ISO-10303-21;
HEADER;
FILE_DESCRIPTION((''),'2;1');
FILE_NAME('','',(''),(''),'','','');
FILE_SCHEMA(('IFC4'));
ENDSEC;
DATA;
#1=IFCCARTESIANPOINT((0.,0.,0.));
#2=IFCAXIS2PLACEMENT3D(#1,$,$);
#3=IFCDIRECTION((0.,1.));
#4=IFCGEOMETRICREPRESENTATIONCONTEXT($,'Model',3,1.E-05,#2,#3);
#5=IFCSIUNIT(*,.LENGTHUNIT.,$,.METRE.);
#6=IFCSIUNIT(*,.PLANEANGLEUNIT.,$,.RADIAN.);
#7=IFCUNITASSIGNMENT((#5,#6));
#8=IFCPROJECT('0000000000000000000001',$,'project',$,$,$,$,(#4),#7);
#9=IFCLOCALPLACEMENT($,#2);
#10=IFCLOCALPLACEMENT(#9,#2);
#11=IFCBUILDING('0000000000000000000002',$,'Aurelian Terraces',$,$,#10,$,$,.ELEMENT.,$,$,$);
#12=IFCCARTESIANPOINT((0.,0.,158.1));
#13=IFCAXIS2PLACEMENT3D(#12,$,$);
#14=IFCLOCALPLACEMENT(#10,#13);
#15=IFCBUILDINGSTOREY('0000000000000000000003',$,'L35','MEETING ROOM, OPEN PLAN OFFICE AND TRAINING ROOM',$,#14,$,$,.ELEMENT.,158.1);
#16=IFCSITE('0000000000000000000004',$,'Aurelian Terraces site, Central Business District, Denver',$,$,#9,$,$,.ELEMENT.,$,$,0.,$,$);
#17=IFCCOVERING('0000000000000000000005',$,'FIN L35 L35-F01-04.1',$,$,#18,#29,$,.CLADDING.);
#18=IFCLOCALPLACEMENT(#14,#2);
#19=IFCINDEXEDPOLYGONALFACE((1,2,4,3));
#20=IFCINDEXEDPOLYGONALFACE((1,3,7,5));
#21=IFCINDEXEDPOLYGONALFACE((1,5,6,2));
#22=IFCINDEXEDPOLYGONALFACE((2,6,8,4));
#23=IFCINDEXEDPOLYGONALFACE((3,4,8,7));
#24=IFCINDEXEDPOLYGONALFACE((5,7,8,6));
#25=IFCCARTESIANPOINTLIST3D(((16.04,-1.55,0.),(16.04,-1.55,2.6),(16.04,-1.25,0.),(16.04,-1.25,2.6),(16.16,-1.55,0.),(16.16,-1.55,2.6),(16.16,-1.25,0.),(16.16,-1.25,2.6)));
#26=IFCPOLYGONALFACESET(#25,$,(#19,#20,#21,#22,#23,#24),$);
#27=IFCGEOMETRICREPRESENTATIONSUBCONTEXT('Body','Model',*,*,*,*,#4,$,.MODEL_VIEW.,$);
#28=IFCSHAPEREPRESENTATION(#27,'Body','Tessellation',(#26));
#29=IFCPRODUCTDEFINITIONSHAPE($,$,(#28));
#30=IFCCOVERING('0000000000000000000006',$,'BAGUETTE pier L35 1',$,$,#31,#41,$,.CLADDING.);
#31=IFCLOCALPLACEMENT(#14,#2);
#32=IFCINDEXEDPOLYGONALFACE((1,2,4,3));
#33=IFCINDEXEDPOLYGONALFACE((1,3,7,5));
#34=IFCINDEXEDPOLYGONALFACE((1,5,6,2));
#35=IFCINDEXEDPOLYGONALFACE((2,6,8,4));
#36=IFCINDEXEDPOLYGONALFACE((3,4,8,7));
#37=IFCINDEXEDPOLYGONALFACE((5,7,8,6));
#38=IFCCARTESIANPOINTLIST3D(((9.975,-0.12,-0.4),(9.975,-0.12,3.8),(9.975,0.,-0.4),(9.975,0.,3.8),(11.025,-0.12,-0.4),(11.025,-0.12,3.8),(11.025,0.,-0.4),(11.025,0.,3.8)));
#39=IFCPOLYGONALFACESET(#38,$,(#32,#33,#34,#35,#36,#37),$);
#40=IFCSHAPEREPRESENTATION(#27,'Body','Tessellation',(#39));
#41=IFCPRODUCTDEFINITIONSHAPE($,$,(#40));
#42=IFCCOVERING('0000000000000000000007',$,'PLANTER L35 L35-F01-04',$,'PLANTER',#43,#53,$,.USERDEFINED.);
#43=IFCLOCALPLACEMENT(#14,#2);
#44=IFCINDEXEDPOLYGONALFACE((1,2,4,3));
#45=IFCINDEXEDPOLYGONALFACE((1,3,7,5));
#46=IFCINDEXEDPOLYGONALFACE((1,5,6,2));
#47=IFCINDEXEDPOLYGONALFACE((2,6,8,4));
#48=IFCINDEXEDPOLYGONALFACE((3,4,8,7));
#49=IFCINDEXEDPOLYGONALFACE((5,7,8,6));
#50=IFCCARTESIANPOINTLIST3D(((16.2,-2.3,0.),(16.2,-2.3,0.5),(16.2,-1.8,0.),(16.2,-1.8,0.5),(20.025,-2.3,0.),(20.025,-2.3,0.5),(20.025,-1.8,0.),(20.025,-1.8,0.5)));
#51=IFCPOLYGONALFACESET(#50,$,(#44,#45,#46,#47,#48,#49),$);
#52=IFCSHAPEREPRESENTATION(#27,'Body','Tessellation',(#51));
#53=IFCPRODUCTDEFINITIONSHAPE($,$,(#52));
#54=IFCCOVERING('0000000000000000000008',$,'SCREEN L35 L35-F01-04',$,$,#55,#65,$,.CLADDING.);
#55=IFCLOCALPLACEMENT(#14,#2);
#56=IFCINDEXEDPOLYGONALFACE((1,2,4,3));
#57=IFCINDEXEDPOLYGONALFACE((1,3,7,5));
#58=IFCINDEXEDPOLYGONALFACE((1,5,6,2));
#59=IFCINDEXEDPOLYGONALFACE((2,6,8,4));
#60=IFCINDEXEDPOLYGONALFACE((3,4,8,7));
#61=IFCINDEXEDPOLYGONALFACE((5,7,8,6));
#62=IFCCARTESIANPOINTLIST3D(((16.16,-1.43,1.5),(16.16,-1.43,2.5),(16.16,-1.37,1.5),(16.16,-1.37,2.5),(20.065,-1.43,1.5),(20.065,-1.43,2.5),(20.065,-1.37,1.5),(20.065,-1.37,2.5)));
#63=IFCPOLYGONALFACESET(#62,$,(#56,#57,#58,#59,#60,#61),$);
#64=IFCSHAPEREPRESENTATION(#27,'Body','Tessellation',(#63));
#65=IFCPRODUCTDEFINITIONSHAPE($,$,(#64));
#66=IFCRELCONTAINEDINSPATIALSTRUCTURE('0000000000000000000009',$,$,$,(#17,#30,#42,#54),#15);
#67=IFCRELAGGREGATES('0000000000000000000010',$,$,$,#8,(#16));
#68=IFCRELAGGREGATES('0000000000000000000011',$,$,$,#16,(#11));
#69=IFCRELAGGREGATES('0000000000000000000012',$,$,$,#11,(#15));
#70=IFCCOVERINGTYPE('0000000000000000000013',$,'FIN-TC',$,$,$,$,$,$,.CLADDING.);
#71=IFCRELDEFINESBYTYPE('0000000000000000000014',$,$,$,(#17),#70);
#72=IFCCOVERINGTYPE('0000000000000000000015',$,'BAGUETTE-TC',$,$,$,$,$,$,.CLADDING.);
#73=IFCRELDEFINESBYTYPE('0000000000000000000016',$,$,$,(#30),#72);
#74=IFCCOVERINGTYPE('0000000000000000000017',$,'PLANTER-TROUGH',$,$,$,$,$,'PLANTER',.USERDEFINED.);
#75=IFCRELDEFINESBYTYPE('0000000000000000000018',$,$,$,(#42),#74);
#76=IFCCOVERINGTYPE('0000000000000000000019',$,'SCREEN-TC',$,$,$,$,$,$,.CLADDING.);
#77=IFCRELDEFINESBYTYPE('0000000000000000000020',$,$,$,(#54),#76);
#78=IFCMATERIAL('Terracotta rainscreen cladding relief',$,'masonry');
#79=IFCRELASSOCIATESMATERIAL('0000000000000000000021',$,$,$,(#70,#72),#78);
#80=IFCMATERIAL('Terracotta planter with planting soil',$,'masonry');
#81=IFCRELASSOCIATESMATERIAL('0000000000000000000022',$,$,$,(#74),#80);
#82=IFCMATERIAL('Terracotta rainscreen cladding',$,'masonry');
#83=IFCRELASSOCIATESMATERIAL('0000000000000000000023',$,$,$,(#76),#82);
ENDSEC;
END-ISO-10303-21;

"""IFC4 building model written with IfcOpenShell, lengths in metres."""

from ifc_helpers import new_model, si_unit, direction, frame, origin, origin_2d, place, context, subcontext, project, spatial, rectangle, extrude, source, transform, mapped, material, type_object, element, save


model = new_model("IFC4")

# Units and contexts
model_context = context("Model", 3, precision=1e-05, world=origin(), true_north=direction((0.0, 1.0)))
body_context = subcontext(model_context, "Body", "Model", "MODEL_VIEW")
ifc_project = project(units=[si_unit("LENGTHUNIT", "METRE"), si_unit("PLANEANGLEUNIT", "RADIAN")], contexts=[model_context])

# Site, building, storey
site_placement = place(None, origin())
site = spatial("IfcSite", under=ifc_project, at=site_placement, Name="Aurelian Terraces site, Central Business District, Denver", CompositionType="ELEMENT", RefElevation=0.0)
building_placement = place(site_placement, origin())
building = spatial("IfcBuilding", under=site, at=building_placement, Name="Aurelian Terraces", CompositionType="ELEMENT")
storey_placement = place(building_placement, frame((0.0, 0.0, 158.1)))
storey = spatial("IfcBuildingStorey", under=building, at=storey_placement, Name="L35", Description="MEETING ROOM, OPEN PLAN OFFICE AND TRAINING ROOM", CompositionType="ELEMENT", Elevation=158.1)

# Shared definitions
ifc_material_1 = material(Name="Terracotta rainscreen cladding", Category="masonry")

# Coverings
ifc_material_2 = material(Name="Terracotta rainscreen cladding relief", Category="masonry")
covering_type_1 = type_object("IfcCoveringType", Name="FIN-TC", PredefinedType="CLADDING", material=ifc_material_2)
shared_shape_1 = source(origin(), body_context, "Body", "SweptSolid", [
    extrude(rectangle(XDim=0.12, YDim=0.3, at=origin_2d()), origin(), (0.0, 0.0, 1.0), 2.6),
])
covering_1_placement = place(storey_placement, frame((16.1, -1.4, 0.0), z_axis=(0.0, 0.0, 1.0), x_axis=(1.0, 0.0, 0.0)))
element("IfcCovering", 1, at=covering_1_placement, inside=storey, type_object=covering_type_1, Name="FIN L35 L35-F01-04.1", PredefinedType="CLADDING", context=body_context, shape_type="MappedRepresentation", body=[
    mapped(shared_shape_1, transform((0.0, 0.0, 0.0), scale=1.0)),
])
covering_type_2 = type_object("IfcCoveringType", Name="BAGUETTE-TC", PredefinedType="CLADDING", material=ifc_material_2)
shared_shape_2 = source(origin(), body_context, "Body", "SweptSolid", [
    extrude(rectangle(XDim=1.05, YDim=0.12, at=origin_2d()), origin(), (0.0, 0.0, 1.0), 4.2),
])
covering_2_placement = place(storey_placement, frame((10.5, -0.06, -0.4), z_axis=(0.0, 0.0, 1.0), x_axis=(1.0, 0.0, 0.0)))
element("IfcCovering", 2, at=covering_2_placement, inside=storey, type_object=covering_type_2, Name="BAGUETTE pier L35 1", PredefinedType="CLADDING", context=body_context, shape_type="MappedRepresentation", body=[
    mapped(shared_shape_2, transform((0.0, 0.0, 0.0), scale=1.0)),
])

# Coverings
ifc_material_3 = material(Name="Terracotta planter with planting soil", Category="masonry")
covering_type_3 = type_object("IfcCoveringType", Name="PLANTER-TROUGH", ElementType="PLANTER", PredefinedType="USERDEFINED", material=ifc_material_3)
shared_shape_3 = source(origin(), body_context, "Body", "SweptSolid", [
    extrude(rectangle(XDim=3.825, YDim=0.5, at=origin_2d()), origin(), (0.0, 0.0, 1.0), 0.5),
])
covering_3_placement = place(storey_placement, frame((18.1125, -2.05, 0.0), z_axis=(0.0, 0.0, 1.0), x_axis=(1.0, 0.0, 0.0)))
element("IfcCovering", 3, at=covering_3_placement, inside=storey, type_object=covering_type_3, Name="PLANTER L35 L35-F01-04", ObjectType="PLANTER", PredefinedType="USERDEFINED", context=body_context, shape_type="MappedRepresentation", body=[
    mapped(shared_shape_3, transform((0.0, 0.0, 0.0), scale=1.0)),
])
covering_type_4 = type_object("IfcCoveringType", Name="SCREEN-TC", PredefinedType="CLADDING", material=ifc_material_1)
shared_shape_4 = source(origin(), body_context, "Body", "SweptSolid", [
    extrude(rectangle(XDim=3.905, YDim=0.06, at=origin_2d()), origin(), (0.0, 0.0, 1.0), 1.0),
])
covering_4_placement = place(storey_placement, frame((18.1125, -1.4, 1.5), z_axis=(0.0, 0.0, 1.0), x_axis=(1.0, 0.0, 0.0)))
element("IfcCovering", 4, at=covering_4_placement, inside=storey, type_object=covering_type_4, Name="SCREEN L35 L35-F01-04", PredefinedType="CLADDING", context=body_context, shape_type="MappedRepresentation", body=[
    mapped(shared_shape_4, transform((0.0, 0.0, 0.0), scale=1.0)),
])

save(model, "model.ifc")
